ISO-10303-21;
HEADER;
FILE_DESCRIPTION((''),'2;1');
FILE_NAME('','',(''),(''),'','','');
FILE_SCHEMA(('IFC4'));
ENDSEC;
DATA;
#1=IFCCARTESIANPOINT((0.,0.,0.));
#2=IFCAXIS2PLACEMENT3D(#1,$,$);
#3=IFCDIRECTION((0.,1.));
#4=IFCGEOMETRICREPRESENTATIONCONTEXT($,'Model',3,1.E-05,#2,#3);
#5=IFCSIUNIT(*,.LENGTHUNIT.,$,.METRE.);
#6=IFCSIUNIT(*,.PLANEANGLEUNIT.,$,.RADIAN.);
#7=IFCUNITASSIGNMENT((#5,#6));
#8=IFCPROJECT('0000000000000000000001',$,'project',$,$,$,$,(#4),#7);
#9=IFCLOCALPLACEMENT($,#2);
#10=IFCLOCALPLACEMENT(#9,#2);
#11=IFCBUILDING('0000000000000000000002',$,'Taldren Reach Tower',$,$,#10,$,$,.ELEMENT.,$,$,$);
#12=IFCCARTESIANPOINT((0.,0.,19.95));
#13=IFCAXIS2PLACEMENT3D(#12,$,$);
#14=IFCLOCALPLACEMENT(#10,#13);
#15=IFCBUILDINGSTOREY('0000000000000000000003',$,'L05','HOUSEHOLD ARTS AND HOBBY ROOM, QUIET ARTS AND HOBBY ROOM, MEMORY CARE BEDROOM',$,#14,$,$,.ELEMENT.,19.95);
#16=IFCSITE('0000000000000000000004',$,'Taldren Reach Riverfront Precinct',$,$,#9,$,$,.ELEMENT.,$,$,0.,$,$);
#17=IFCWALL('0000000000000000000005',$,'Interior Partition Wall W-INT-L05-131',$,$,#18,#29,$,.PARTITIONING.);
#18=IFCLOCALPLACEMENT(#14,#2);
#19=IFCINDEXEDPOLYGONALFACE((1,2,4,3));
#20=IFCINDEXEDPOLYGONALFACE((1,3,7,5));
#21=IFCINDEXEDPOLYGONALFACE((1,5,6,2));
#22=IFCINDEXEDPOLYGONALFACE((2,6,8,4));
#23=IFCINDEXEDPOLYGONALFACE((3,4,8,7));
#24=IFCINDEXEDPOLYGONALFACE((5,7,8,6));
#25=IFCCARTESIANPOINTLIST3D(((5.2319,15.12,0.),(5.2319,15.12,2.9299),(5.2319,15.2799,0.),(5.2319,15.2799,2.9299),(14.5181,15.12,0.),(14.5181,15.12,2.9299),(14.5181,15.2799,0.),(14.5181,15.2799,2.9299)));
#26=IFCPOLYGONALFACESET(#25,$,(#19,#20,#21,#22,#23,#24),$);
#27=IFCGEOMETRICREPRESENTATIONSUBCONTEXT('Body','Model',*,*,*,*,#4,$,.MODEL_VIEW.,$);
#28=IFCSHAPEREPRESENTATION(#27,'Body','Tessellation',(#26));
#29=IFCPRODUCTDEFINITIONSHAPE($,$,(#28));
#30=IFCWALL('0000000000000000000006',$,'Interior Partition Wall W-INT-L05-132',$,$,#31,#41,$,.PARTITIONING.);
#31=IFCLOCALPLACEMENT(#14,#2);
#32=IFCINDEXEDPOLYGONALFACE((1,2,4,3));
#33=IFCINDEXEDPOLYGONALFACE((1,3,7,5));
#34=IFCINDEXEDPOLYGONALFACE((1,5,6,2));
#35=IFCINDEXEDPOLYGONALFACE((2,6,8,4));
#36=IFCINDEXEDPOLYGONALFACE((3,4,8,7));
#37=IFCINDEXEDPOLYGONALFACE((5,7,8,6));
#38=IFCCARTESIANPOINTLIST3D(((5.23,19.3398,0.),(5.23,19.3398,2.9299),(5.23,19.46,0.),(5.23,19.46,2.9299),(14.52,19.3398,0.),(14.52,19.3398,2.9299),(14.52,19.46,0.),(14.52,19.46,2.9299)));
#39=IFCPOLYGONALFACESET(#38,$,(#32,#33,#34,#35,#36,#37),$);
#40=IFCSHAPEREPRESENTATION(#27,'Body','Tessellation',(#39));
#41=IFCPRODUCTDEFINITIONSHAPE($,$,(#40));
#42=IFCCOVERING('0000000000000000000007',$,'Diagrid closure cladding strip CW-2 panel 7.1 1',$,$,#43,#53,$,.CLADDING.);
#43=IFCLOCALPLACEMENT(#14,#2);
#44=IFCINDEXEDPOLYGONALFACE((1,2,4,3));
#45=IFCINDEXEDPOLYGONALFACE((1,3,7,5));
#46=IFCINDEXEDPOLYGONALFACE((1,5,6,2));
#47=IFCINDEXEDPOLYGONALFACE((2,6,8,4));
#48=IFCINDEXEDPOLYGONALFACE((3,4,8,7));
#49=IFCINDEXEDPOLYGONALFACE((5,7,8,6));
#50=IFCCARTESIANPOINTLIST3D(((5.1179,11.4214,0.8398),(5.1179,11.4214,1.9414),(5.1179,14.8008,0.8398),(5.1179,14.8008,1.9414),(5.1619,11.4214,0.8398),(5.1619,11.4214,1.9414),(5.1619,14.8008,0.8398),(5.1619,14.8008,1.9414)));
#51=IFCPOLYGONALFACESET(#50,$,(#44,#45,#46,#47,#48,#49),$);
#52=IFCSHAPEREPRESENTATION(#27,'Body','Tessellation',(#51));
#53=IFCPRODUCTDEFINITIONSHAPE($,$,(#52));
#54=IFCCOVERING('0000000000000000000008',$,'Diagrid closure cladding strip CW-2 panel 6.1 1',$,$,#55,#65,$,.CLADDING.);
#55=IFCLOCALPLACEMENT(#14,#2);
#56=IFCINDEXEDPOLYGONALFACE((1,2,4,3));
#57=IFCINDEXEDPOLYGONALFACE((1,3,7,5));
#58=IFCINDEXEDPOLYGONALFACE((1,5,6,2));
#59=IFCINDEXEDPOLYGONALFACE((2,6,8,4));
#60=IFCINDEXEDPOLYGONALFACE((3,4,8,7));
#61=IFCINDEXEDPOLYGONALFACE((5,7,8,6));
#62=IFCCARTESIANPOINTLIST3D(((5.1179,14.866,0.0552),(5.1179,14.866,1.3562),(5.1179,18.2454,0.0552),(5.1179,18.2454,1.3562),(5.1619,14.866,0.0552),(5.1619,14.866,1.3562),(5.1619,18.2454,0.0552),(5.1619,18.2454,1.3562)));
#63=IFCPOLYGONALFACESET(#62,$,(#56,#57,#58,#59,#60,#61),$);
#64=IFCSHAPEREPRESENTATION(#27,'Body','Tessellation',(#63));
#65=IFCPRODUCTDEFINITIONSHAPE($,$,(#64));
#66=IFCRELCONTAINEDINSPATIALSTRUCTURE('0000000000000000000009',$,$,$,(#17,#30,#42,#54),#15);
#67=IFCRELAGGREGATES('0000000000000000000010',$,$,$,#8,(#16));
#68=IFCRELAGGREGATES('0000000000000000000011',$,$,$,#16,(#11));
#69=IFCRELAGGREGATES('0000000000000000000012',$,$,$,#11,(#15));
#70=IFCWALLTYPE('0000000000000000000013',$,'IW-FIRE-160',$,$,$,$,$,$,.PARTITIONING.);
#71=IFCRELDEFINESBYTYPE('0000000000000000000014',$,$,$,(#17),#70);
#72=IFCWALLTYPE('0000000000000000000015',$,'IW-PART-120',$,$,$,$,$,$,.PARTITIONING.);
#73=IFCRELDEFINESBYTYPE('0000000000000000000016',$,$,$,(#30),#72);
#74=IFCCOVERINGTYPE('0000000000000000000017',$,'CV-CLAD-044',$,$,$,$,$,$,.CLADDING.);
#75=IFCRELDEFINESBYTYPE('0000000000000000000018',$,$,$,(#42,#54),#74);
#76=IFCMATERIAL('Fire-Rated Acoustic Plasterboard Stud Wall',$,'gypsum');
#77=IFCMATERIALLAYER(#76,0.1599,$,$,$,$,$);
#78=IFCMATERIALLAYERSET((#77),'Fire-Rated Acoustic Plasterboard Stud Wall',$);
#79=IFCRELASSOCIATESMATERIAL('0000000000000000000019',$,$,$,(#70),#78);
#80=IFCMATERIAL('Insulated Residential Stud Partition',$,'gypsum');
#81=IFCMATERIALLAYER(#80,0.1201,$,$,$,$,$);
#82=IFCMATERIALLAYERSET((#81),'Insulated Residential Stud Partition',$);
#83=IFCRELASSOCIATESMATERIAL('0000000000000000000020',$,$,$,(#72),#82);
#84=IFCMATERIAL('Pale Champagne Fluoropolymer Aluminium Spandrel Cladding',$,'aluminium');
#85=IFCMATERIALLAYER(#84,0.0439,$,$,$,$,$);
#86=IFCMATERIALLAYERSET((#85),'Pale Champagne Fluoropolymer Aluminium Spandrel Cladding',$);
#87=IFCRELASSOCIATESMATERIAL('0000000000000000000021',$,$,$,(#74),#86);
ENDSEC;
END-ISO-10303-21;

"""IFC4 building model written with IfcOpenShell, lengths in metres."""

from ifc_helpers import new_model, si_unit, direction, frame, frame_2d, origin, origin_2d, place, context, subcontext, project, spatial, rectangle, extrude, source, transform, mapped, material, layer, layer_set, type_object, element, save


model = new_model("IFC4")

# Units and contexts
model_context = context("Model", 3, precision=1e-05, world=origin(), true_north=direction((0.0, 1.0)))
body_context = subcontext(model_context, "Body", "Model", "MODEL_VIEW")
ifc_project = project(units=[si_unit("LENGTHUNIT", "METRE"), si_unit("PLANEANGLEUNIT", "RADIAN")], contexts=[model_context])

# Site, building, storey
site_placement = place(None, origin())
site = spatial("IfcSite", under=ifc_project, at=site_placement, Name="Taldren Reach Riverfront Precinct", CompositionType="ELEMENT", RefElevation=0.0)
building_placement = place(site_placement, origin())
building = spatial("IfcBuilding", under=site, at=building_placement, Name="Taldren Reach Tower", CompositionType="ELEMENT")
storey_placement = place(building_placement, frame((0.0, 0.0, 19.95)))
storey = spatial("IfcBuildingStorey", under=building, at=storey_placement, Name="L05", Description="HOUSEHOLD ARTS AND HOBBY ROOM, QUIET ARTS AND HOBBY ROOM, MEMORY CARE BEDROOM", CompositionType="ELEMENT", Elevation=19.95)

# Shared definitions
ifc_material_1 = material(Name="Fire-Rated Acoustic Plasterboard Stud Wall", Category="gypsum")
ifc_layer_1 = layer(ifc_material_1, 0.1599)
ifc_layer_set_1 = layer_set([ifc_layer_1], Name="Fire-Rated Acoustic Plasterboard Stud Wall")
wall_type_1 = type_object("IfcWallType", Name="IW-FIRE-160", PredefinedType="PARTITIONING", material=ifc_layer_set_1)
ifc_material_2 = material(Name="Insulated Residential Stud Partition", Category="gypsum")
ifc_layer_2 = layer(ifc_material_2, 0.1201)
ifc_layer_set_2 = layer_set([ifc_layer_2], Name="Insulated Residential Stud Partition")
wall_type_2 = type_object("IfcWallType", Name="IW-PART-120", PredefinedType="PARTITIONING", material=ifc_layer_set_2)

# Walls
shared_shape_1 = source(origin(), body_context, "Body", "SweptSolid", [
    extrude(rectangle(XDim=9.2861, YDim=0.1599, at=frame_2d((4.6431, 0.0))), origin(), (0.0, 0.0, 1.0), 2.9299),
])
wall_1_placement = place(storey_placement, frame((5.2319, 15.2, 0.0), z_axis=(0.0, 0.0, 1.0), x_axis=(1.0, 0.0, 0.0)))
element("IfcWall", 1, at=wall_1_placement, inside=storey, type_object=wall_type_1, Name="Interior Partition Wall W-INT-L05-131", PredefinedType="PARTITIONING", context=body_context, shape_type="MappedRepresentation", body=[
    mapped(shared_shape_1, transform((0.0, 0.0, 0.0), scale=1.0)),
])
shared_shape_2 = source(origin(), body_context, "Body", "SweptSolid", [
    extrude(rectangle(XDim=9.29, YDim=0.1201, at=frame_2d((4.645, 0.0))), origin(), (0.0, 0.0, 1.0), 2.9299),
])
wall_2_placement = place(storey_placement, frame((5.23, 19.3999, 0.0), z_axis=(0.0, 0.0, 1.0), x_axis=(1.0, 0.0, 0.0)))
element("IfcWall", 2, at=wall_2_placement, inside=storey, type_object=wall_type_2, Name="Interior Partition Wall W-INT-L05-132", PredefinedType="PARTITIONING", context=body_context, shape_type="MappedRepresentation", body=[
    mapped(shared_shape_2, transform((0.0, 0.0, 0.0), scale=1.0)),
])

# Coverings
ifc_material_3 = material(Name="Pale Champagne Fluoropolymer Aluminium Spandrel Cladding", Category="aluminium")
ifc_layer_3 = layer(ifc_material_3, 0.0439)
ifc_layer_set_3 = layer_set([ifc_layer_3], Name="Pale Champagne Fluoropolymer Aluminium Spandrel Cladding")
covering_type = type_object("IfcCoveringType", Name="CV-CLAD-044", PredefinedType="CLADDING", material=ifc_layer_set_3)
shared_shape_3 = source(origin(), body_context, "Body", "SweptSolid", [
    extrude(rectangle(XDim=3.3794, YDim=0.0439, at=origin_2d()), origin(), (0.0, 0.0, 1.0), 1.1016),
])
covering_1_placement = place(storey_placement, frame((5.1399, 13.1111, 0.8398), z_axis=(0.0, 0.0, 1.0), x_axis=(0.0, -1.0, 0.0)))
element("IfcCovering", 3, at=covering_1_placement, inside=storey, type_object=covering_type, Name="Diagrid closure cladding strip CW-2 panel 7.1 1", PredefinedType="CLADDING", context=body_context, shape_type="MappedRepresentation", body=[
    mapped(shared_shape_3, transform((0.0, 0.0, 0.0), scale=1.0)),
])
shared_shape_4 = source(origin(), body_context, "Body", "SweptSolid", [
    extrude(rectangle(XDim=3.3794, YDim=0.0439, at=origin_2d()), origin(), (0.0, 0.0, 1.0), 1.301),
])
covering_2_placement = place(storey_placement, frame((5.1399, 16.5557, 0.0552), z_axis=(0.0, 0.0, 1.0), x_axis=(0.0, -1.0, 0.0)))
element("IfcCovering", 4, at=covering_2_placement, inside=storey, type_object=covering_type, Name="Diagrid closure cladding strip CW-2 panel 6.1 1", PredefinedType="CLADDING", context=body_context, shape_type="MappedRepresentation", body=[
    mapped(shared_shape_4, transform((0.0, 0.0, 0.0), scale=1.0)),
])

save(model, "model.ifc")
